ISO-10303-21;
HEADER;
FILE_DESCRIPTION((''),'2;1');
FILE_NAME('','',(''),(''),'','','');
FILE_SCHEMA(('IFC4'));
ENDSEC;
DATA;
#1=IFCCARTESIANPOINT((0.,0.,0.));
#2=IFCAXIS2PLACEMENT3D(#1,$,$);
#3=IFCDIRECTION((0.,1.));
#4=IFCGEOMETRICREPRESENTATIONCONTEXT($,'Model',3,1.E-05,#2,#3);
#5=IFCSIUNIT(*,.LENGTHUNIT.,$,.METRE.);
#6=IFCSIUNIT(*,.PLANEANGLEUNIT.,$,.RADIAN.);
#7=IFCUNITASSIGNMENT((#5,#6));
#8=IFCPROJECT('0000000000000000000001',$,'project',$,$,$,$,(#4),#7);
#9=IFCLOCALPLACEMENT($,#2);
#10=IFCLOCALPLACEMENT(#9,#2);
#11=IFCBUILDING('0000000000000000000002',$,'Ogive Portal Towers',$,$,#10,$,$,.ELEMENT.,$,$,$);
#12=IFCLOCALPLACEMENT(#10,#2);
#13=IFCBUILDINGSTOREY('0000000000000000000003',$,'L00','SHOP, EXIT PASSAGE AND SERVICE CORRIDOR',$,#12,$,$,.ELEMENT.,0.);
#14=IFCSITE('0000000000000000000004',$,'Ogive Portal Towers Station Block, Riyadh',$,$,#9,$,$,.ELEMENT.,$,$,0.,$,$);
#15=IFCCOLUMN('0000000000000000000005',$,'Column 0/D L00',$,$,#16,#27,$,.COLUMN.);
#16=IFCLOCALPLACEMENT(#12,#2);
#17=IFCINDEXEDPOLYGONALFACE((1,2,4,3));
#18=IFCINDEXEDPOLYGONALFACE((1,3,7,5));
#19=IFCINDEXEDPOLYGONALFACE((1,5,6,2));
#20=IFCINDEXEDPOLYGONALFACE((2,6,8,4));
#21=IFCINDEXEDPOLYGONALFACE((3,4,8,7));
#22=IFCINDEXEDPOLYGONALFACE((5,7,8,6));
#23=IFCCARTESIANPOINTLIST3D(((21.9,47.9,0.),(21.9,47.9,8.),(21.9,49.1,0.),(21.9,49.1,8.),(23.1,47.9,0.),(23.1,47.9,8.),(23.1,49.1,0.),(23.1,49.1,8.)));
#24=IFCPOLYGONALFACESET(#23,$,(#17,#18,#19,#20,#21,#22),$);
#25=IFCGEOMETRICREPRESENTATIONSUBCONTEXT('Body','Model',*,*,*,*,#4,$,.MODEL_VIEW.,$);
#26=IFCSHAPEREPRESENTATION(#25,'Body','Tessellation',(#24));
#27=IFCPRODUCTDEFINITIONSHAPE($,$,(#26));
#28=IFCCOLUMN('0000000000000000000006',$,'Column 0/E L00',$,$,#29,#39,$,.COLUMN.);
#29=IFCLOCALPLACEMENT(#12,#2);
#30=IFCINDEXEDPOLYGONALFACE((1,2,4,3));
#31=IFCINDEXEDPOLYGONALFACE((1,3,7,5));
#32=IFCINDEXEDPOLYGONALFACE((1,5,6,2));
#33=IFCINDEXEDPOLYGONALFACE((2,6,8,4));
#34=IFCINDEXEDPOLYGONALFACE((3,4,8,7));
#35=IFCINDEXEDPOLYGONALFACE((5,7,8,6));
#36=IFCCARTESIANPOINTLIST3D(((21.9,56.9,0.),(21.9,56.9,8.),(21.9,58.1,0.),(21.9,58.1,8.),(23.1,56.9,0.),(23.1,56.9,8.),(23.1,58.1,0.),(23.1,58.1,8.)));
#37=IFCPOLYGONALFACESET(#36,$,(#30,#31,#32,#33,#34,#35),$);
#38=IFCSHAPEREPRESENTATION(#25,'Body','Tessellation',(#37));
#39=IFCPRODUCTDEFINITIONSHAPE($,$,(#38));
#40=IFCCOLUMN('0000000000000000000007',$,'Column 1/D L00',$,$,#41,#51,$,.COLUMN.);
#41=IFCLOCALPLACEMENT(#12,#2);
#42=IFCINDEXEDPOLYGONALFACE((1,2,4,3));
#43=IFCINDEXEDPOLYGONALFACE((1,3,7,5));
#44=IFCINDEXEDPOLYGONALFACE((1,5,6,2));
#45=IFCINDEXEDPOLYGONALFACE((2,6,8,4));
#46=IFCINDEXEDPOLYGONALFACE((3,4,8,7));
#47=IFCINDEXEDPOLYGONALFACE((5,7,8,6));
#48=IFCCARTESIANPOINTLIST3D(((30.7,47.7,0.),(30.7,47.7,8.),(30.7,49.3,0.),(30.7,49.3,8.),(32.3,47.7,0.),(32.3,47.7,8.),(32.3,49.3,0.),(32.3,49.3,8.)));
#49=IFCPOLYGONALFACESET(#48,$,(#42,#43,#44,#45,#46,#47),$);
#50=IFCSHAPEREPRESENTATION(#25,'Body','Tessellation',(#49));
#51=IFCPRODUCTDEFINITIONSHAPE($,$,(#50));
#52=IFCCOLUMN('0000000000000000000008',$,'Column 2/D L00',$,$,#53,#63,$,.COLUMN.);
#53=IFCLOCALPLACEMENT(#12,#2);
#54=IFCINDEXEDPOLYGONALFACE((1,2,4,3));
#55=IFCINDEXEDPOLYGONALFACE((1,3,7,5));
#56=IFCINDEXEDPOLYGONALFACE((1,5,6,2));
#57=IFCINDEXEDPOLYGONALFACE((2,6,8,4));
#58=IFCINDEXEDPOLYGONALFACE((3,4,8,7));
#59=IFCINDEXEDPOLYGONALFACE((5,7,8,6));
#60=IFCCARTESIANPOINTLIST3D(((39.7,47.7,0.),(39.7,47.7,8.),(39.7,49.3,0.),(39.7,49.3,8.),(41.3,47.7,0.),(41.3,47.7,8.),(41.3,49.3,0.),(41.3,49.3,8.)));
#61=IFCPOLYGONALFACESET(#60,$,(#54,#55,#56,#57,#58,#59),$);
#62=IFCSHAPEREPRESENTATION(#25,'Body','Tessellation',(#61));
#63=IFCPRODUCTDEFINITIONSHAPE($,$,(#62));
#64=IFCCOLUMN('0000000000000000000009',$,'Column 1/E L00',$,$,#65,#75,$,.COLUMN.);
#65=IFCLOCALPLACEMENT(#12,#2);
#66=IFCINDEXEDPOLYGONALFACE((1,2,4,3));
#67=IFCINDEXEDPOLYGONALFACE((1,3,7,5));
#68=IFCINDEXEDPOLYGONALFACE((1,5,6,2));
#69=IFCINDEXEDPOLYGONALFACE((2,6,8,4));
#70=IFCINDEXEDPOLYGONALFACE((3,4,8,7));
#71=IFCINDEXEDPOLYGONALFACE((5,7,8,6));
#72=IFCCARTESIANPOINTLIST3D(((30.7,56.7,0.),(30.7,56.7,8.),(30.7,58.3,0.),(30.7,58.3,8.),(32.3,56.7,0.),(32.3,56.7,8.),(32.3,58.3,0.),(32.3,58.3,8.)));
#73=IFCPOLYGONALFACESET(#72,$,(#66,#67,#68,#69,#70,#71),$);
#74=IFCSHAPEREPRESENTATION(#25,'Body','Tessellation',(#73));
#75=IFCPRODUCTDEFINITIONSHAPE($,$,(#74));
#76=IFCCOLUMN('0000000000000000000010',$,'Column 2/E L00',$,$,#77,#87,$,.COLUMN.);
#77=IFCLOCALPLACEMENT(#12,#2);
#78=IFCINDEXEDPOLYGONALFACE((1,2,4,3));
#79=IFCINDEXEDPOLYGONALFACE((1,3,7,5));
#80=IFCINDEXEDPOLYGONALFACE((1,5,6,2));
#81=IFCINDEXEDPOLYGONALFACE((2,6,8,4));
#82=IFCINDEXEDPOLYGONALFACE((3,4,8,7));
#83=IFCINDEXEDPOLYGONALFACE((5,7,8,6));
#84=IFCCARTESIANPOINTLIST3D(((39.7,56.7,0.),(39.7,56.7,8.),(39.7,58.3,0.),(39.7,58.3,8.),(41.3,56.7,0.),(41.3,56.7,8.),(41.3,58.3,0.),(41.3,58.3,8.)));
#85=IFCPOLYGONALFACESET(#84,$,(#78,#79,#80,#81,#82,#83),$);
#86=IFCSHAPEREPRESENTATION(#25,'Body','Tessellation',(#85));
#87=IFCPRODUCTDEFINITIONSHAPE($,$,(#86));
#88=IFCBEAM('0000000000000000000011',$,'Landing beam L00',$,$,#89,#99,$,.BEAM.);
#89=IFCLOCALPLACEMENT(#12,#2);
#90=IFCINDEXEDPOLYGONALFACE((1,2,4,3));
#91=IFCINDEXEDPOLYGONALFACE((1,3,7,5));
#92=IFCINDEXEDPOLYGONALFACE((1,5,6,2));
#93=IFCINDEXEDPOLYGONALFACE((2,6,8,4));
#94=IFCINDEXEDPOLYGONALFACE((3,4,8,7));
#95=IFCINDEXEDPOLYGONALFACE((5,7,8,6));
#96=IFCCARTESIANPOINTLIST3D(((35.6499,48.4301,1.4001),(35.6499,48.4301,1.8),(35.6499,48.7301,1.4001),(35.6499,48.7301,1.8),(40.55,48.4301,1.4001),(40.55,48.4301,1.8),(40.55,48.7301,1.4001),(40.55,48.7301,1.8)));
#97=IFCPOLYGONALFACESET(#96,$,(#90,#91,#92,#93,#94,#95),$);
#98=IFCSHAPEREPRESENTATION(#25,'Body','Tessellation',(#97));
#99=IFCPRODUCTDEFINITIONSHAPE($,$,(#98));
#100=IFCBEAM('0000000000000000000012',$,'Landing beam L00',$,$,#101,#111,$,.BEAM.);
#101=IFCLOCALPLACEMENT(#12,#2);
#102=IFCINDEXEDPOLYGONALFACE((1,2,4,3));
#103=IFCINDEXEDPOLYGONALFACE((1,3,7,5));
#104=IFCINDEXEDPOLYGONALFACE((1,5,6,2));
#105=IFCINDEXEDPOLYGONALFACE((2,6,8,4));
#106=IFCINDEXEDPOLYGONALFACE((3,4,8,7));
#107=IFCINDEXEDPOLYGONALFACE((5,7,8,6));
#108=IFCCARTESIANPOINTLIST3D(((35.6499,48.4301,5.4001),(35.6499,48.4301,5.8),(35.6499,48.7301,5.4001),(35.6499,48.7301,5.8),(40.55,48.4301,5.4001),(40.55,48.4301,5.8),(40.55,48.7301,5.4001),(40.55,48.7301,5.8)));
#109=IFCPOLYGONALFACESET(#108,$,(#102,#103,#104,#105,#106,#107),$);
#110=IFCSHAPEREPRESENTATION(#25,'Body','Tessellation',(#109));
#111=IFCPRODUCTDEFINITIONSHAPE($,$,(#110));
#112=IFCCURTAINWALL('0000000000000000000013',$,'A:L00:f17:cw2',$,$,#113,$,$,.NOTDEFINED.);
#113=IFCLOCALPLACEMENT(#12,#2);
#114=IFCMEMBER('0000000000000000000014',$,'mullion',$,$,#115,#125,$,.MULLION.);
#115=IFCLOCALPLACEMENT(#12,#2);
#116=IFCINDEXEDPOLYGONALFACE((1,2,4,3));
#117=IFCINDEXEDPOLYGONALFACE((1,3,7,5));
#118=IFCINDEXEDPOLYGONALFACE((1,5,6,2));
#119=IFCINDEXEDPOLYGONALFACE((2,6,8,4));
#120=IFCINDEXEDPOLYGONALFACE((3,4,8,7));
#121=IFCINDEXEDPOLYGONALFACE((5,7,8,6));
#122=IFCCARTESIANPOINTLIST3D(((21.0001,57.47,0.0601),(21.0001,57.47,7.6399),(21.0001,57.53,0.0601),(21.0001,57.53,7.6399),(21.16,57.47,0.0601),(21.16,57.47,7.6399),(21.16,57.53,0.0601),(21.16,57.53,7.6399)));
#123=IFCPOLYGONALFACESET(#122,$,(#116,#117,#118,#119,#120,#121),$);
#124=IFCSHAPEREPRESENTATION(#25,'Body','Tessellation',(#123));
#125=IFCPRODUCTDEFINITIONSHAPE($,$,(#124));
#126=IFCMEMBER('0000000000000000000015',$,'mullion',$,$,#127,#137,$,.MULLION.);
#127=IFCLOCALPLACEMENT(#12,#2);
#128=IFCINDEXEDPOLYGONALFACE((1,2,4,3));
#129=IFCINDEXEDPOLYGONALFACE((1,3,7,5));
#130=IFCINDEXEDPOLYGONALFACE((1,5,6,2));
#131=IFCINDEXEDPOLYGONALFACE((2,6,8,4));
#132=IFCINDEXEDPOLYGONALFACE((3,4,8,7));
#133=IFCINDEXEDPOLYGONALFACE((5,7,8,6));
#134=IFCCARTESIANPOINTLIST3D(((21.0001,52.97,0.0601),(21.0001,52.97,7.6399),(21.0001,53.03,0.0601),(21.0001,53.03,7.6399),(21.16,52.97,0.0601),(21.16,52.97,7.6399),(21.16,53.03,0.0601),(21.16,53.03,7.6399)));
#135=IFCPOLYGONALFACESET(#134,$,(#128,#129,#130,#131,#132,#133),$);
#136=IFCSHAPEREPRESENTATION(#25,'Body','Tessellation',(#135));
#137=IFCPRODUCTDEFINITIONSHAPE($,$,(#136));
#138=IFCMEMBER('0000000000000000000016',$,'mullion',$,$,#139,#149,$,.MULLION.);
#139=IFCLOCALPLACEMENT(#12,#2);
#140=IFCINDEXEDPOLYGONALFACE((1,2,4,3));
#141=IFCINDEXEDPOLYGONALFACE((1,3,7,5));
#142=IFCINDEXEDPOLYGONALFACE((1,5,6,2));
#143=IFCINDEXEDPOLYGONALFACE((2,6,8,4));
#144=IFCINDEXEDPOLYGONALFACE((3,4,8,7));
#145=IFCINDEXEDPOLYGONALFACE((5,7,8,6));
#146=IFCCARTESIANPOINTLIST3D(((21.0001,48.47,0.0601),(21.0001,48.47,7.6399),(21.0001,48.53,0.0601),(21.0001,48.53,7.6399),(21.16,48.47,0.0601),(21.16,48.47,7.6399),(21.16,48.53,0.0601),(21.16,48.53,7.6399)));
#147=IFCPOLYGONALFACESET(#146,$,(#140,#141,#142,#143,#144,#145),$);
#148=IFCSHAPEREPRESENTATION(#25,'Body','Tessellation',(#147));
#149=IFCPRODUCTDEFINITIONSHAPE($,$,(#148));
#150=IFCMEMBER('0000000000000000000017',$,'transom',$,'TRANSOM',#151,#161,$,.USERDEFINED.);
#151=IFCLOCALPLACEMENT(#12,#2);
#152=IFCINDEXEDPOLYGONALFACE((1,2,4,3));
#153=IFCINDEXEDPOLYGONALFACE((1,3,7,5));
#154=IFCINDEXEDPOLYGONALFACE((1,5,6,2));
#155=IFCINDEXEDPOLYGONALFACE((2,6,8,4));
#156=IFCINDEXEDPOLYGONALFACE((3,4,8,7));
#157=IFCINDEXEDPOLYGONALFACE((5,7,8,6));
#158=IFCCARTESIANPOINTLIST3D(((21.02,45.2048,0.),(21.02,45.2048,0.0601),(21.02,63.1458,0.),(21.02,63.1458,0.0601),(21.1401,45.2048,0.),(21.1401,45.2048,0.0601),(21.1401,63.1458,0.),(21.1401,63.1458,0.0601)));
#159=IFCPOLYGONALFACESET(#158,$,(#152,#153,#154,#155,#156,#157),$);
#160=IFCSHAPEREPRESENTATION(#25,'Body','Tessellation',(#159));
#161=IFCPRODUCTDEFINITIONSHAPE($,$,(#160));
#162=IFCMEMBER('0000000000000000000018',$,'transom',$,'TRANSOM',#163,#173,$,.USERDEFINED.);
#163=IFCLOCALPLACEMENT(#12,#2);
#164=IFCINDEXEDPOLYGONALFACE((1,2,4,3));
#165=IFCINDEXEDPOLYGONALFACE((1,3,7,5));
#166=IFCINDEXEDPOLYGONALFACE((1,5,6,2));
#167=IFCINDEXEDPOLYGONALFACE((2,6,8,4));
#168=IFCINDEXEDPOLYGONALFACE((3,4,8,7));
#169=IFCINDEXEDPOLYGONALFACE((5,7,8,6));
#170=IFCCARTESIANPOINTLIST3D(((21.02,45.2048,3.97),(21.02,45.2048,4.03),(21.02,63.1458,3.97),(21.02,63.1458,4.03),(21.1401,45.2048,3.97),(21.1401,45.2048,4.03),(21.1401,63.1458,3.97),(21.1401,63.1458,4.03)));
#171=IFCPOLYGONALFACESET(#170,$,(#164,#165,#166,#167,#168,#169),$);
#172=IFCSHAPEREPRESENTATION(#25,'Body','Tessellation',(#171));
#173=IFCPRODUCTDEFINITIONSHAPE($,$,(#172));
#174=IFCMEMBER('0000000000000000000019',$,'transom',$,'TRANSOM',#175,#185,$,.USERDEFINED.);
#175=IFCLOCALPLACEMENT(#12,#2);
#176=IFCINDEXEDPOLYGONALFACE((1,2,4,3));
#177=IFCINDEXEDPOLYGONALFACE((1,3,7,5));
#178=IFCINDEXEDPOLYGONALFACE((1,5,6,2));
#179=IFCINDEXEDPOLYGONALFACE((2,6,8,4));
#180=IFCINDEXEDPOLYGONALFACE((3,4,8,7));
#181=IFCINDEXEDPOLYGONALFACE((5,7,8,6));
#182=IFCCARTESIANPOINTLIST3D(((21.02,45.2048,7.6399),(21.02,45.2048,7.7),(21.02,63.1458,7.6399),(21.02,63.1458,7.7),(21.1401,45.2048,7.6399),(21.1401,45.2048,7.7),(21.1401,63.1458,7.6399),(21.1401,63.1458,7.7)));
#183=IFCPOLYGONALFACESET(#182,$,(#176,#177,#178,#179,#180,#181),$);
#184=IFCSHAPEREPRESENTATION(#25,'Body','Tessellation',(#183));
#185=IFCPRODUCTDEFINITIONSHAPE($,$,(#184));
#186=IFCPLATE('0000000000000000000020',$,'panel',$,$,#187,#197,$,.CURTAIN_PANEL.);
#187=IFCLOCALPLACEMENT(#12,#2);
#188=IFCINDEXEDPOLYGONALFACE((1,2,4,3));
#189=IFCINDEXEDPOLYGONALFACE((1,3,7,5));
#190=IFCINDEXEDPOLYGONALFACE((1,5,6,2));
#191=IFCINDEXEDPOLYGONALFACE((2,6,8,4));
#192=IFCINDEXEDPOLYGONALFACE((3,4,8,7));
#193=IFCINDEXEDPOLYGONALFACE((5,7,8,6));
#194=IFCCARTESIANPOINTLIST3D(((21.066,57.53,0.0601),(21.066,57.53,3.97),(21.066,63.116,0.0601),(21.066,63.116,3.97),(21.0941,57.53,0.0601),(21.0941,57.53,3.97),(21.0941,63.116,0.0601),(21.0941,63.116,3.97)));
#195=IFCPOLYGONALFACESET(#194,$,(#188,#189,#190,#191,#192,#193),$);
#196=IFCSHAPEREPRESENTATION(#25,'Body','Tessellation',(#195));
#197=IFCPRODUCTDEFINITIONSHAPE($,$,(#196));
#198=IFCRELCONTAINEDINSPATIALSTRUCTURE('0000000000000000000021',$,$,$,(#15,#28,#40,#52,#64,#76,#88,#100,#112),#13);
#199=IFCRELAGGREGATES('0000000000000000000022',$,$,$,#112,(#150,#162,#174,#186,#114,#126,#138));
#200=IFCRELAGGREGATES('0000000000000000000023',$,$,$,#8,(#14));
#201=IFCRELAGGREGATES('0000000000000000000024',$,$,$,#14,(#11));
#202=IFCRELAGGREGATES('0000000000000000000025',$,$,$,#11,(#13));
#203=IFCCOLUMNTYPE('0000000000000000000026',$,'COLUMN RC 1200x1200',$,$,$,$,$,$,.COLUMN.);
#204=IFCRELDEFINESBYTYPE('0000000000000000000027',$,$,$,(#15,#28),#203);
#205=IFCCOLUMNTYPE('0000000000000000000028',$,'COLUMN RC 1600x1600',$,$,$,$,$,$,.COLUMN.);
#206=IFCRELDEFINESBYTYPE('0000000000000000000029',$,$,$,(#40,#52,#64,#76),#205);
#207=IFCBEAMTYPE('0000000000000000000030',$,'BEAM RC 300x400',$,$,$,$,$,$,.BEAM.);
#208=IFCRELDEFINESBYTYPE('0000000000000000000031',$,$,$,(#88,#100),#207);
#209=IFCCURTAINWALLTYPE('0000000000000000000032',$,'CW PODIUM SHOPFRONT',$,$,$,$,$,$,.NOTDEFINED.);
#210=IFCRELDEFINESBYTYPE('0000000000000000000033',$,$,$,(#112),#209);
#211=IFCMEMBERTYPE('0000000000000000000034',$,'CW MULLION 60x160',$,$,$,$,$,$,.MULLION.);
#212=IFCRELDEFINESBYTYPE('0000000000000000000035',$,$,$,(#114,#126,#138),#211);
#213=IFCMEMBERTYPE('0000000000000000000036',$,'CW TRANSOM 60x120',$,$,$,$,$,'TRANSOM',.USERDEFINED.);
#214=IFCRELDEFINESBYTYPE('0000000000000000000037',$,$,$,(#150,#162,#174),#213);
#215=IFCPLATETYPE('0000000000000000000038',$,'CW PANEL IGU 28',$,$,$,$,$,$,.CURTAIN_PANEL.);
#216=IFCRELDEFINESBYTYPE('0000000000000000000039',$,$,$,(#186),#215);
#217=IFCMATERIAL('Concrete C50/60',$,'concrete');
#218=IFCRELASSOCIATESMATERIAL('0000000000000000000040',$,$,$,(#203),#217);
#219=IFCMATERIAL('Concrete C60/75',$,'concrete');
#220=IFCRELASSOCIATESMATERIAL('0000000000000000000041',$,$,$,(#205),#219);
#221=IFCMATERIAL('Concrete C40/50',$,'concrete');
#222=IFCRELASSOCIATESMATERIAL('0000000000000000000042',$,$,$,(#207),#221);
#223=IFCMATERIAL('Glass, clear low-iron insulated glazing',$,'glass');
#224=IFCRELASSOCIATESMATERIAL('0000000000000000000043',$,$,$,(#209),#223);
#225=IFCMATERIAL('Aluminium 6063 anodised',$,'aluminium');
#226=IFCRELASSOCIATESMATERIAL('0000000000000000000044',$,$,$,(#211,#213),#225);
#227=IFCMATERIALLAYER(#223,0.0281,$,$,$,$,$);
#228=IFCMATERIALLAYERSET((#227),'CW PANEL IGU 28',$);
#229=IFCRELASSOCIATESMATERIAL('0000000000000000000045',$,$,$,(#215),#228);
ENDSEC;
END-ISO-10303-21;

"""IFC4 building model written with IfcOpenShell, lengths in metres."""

from ifc_helpers import new_model, si_unit, direction, frame, origin, origin_2d, place, context, subcontext, project, spatial, rectangle, extrude, material, layer, layer_set, material_profile, profile_set, type_object, element, aggregate, save


model = new_model("IFC4")

# Units and contexts
model_context = context("Model", 3, precision=1e-05, world=origin(), true_north=direction((0.0, 1.0)))
body_context = subcontext(model_context, "Body", "Model", "MODEL_VIEW")
ifc_project = project(units=[si_unit("LENGTHUNIT", "METRE"), si_unit("PLANEANGLEUNIT", "RADIAN")], contexts=[model_context])

# Site, building, storey
site_placement = place(None, origin())
site = spatial("IfcSite", under=ifc_project, at=site_placement, Name="Ogive Portal Towers Station Block, Riyadh", CompositionType="ELEMENT", RefElevation=0.0)
building_placement = place(site_placement, origin())
building = spatial("IfcBuilding", under=site, at=building_placement, Name="Ogive Portal Towers", CompositionType="ELEMENT")
storey_placement = place(building_placement, origin())
storey = spatial("IfcBuildingStorey", under=building, at=storey_placement, Name="L00", Description="SHOP, EXIT PASSAGE AND SERVICE CORRIDOR", CompositionType="ELEMENT", Elevation=0.0)

# Columns
ifc_material_1 = material(Name="Concrete C50/60", Category="concrete")
ifc_material_profile_1 = material_profile(ifc_material_1, rectangle(XDim=1.2, YDim=1.2, at=origin_2d()), Name="RC 1200x1200")
ifc_profile_set_1 = profile_set([ifc_material_profile_1], Name="Concrete C50/60")
column_type_1 = type_object("IfcColumnType", Name="COLUMN RC 1200x1200", PredefinedType="COLUMN", material=ifc_profile_set_1)
for number, where, z_axis, x_axis, name in (
    (1, (22.5, 48.5, 0.0), (0.0, 0.0, 1.0), (1.0, 0.0, 0.0), "Column 0/D L00"),
    (2, (22.5, 57.5, 0.0), (0.0, 0.0, 1.0), (1.0, 0.0, 0.0), "Column 0/E L00"),
):
    element("IfcColumn", number, at=place(storey_placement, frame(where, z_axis=z_axis, x_axis=x_axis)), inside=storey, type_object=column_type_1, Name=name, PredefinedType="COLUMN", context=body_context, shape_type="SweptSolid", body=[
        extrude(rectangle(XDim=1.2, YDim=1.2, at=origin_2d()), origin(), (0.0, 0.0, 1.0), 8.0),
    ])
ifc_material_2 = material(Name="Concrete C60/75", Category="concrete")
ifc_material_profile_2 = material_profile(ifc_material_2, rectangle(XDim=1.6001, YDim=1.6001, at=origin_2d()), Name="RC 1600x1600")
ifc_profile_set_2 = profile_set([ifc_material_profile_2], Name="Concrete C60/75")
column_type_2 = type_object("IfcColumnType", Name="COLUMN RC 1600x1600", PredefinedType="COLUMN", material=ifc_profile_set_2)
for number, where, z_axis, x_axis, name in (
    (3, (31.5, 48.5, 0.0), (0.0, 0.0, 1.0), (1.0, 0.0, 0.0), "Column 1/D L00"),
    (4, (40.5, 48.5, 0.0), (0.0, 0.0, 1.0), (1.0, 0.0, 0.0), "Column 2/D L00"),
    (5, (31.5, 57.5, 0.0), (0.0, 0.0, 1.0), (1.0, 0.0, 0.0), "Column 1/E L00"),
    (6, (40.5, 57.5, 0.0), (0.0, 0.0, 1.0), (1.0, 0.0, 0.0), "Column 2/E L00"),
):
    element("IfcColumn", number, at=place(storey_placement, frame(where, z_axis=z_axis, x_axis=x_axis)), inside=storey, type_object=column_type_2, Name=name, PredefinedType="COLUMN", context=body_context, shape_type="SweptSolid", body=[
        extrude(rectangle(XDim=1.6001, YDim=1.6001, at=origin_2d()), origin(), (0.0, 0.0, 1.0), 8.0),
    ])

# Beams
ifc_material_3 = material(Name="Concrete C40/50", Category="concrete")
ifc_material_profile_3 = material_profile(ifc_material_3, rectangle(XDim=0.3, YDim=0.3999, at=origin_2d()), Name="RC 300x400")
ifc_profile_set_3 = profile_set([ifc_material_profile_3], Name="Concrete C40/50")
beam_type = type_object("IfcBeamType", Name="BEAM RC 300x400", PredefinedType="BEAM", material=ifc_profile_set_3)
for number, where, z_axis, x_axis, name in (
    (7, (35.6499, 48.5801, 1.6001), (1.0, 0.0, 0.0), (0.0, 1.0, 0.0), "Landing beam L00"),
    (8, (35.6499, 48.5801, 5.6001), (1.0, 0.0, 0.0), (0.0, 1.0, 0.0), "Landing beam L00"),
):
    element("IfcBeam", number, at=place(storey_placement, frame(where, z_axis=z_axis, x_axis=x_axis)), inside=storey, type_object=beam_type, Name=name, PredefinedType="BEAM", context=body_context, shape_type="SweptSolid", body=[
        extrude(rectangle(XDim=0.3, YDim=0.3999, at=origin_2d()), origin(), (0.0, 0.0, 1.0), 4.9001),
    ])

# Curtain wall, members, plate
ifc_material_4 = material(Name="Glass, clear low-iron insulated glazing", Category="glass")
curtain_wall_type = type_object("IfcCurtainWallType", Name="CW PODIUM SHOPFRONT", PredefinedType="NOTDEFINED", material=ifc_material_4)
curtain_wall_placement = place(storey_placement, origin())
curtain_wall = element("IfcCurtainWall", 9, at=curtain_wall_placement, inside=storey, type_object=curtain_wall_type, Name="A:L00:f17:cw2", PredefinedType="NOTDEFINED")
ifc_material_5 = material(Name="Aluminium 6063 anodised", Category="aluminium")
ifc_material_profile_4 = material_profile(ifc_material_5, rectangle(XDim=0.1599, YDim=0.0601, at=origin_2d()), Name="AL 60x160")
ifc_profile_set_4 = profile_set([ifc_material_profile_4], Name="Aluminium 6063 anodised")
member_type_1 = type_object("IfcMemberType", Name="CW MULLION 60x160", PredefinedType="MULLION", material=ifc_profile_set_4)
member_1_placement = place(storey_placement, frame((21.0801, 57.5, 0.0601), z_axis=(0.0, 0.0, 1.0), x_axis=(1.0, 0.0, 0.0)))
member_1 = element("IfcMember", 10, at=member_1_placement, type_object=member_type_1, Name="mullion", PredefinedType="MULLION", context=body_context, shape_type="SweptSolid", body=[
    extrude(rectangle(XDim=0.1599, YDim=0.0601, at=origin_2d()), origin(), (0.0, 0.0, 1.0), 7.5798),
])
member_2_placement = place(storey_placement, frame((21.0801, 53.0, 0.0601), z_axis=(0.0, 0.0, 1.0), x_axis=(1.0, 0.0, 0.0)))
member_2 = element("IfcMember", 11, at=member_2_placement, type_object=member_type_1, Name="mullion", PredefinedType="MULLION", context=body_context, shape_type="SweptSolid", body=[
    extrude(rectangle(XDim=0.1599, YDim=0.0601, at=origin_2d()), origin(), (0.0, 0.0, 1.0), 7.5798),
])
member_3_placement = place(storey_placement, frame((21.0801, 48.5, 0.0601), z_axis=(0.0, 0.0, 1.0), x_axis=(1.0, 0.0, 0.0)))
member_3 = element("IfcMember", 12, at=member_3_placement, type_object=member_type_1, Name="mullion", PredefinedType="MULLION", context=body_context, shape_type="SweptSolid", body=[
    extrude(rectangle(XDim=0.1599, YDim=0.0601, at=origin_2d()), origin(), (0.0, 0.0, 1.0), 7.5798),
])
ifc_material_profile_5 = material_profile(ifc_material_5, rectangle(XDim=0.1201, YDim=0.0601, at=origin_2d()), Name="AL 120x60")
ifc_profile_set_5 = profile_set([ifc_material_profile_5], Name="Aluminium 6063 anodised")
member_type_2 = type_object("IfcMemberType", Name="CW TRANSOM 60x120", ElementType="TRANSOM", PredefinedType="USERDEFINED", material=ifc_profile_set_5)
member_4_placement = place(storey_placement, frame((21.0801, 63.1458, 0.03), z_axis=(0.0, -1.0, 0.0), x_axis=(1.0, 0.0, 0.0)))
member_4 = element("IfcMember", 13, at=member_4_placement, type_object=member_type_2, Name="transom", ObjectType="TRANSOM", PredefinedType="USERDEFINED", context=body_context, shape_type="SweptSolid", body=[
    extrude(rectangle(XDim=0.1201, YDim=0.0601, at=origin_2d()), origin(), (0.0, 0.0, 1.0), 17.9409),
])
member_5_placement = place(storey_placement, frame((21.0801, 63.1458, 4.0), z_axis=(0.0, -1.0, 0.0), x_axis=(1.0, 0.0, 0.0)))
member_5 = element("IfcMember", 14, at=member_5_placement, type_object=member_type_2, Name="transom", ObjectType="TRANSOM", PredefinedType="USERDEFINED", context=body_context, shape_type="SweptSolid", body=[
    extrude(rectangle(XDim=0.1201, YDim=0.0601, at=origin_2d()), origin(), (0.0, 0.0, 1.0), 17.9409),
])
member_6_placement = place(storey_placement, frame((21.0801, 63.1458, 7.6699), z_axis=(0.0, -1.0, 0.0), x_axis=(1.0, 0.0, 0.0)))
member_6 = element("IfcMember", 15, at=member_6_placement, type_object=member_type_2, Name="transom", ObjectType="TRANSOM", PredefinedType="USERDEFINED", context=body_context, shape_type="SweptSolid", body=[
    extrude(rectangle(XDim=0.1201, YDim=0.0601, at=origin_2d()), origin(), (0.0, 0.0, 1.0), 17.9409),
])
ifc_layer_1 = layer(ifc_material_4, 0.0281)
ifc_layer_set_1 = layer_set([ifc_layer_1], Name="CW PANEL IGU 28")
plate_type = type_object("IfcPlateType", Name="CW PANEL IGU 28", PredefinedType="CURTAIN_PANEL", material=ifc_layer_set_1)
plate_1_placement = place(storey_placement, frame((21.0801, 60.323, 0.0601), z_axis=(0.0, 0.0, 1.0), x_axis=(0.0, -1.0, 0.0)))
plate_1 = element("IfcPlate", 16, at=plate_1_placement, type_object=plate_type, Name="panel", PredefinedType="CURTAIN_PANEL", context=body_context, shape_type="SweptSolid", body=[
    extrude(rectangle(XDim=5.5859, YDim=0.0281, at=origin_2d()), origin(), (0.0, 0.0, 1.0), 3.9099),
])
aggregate(curtain_wall, [member_4, member_5, member_6, plate_1, member_1, member_2, member_3])

save(model, "model.ifc")
